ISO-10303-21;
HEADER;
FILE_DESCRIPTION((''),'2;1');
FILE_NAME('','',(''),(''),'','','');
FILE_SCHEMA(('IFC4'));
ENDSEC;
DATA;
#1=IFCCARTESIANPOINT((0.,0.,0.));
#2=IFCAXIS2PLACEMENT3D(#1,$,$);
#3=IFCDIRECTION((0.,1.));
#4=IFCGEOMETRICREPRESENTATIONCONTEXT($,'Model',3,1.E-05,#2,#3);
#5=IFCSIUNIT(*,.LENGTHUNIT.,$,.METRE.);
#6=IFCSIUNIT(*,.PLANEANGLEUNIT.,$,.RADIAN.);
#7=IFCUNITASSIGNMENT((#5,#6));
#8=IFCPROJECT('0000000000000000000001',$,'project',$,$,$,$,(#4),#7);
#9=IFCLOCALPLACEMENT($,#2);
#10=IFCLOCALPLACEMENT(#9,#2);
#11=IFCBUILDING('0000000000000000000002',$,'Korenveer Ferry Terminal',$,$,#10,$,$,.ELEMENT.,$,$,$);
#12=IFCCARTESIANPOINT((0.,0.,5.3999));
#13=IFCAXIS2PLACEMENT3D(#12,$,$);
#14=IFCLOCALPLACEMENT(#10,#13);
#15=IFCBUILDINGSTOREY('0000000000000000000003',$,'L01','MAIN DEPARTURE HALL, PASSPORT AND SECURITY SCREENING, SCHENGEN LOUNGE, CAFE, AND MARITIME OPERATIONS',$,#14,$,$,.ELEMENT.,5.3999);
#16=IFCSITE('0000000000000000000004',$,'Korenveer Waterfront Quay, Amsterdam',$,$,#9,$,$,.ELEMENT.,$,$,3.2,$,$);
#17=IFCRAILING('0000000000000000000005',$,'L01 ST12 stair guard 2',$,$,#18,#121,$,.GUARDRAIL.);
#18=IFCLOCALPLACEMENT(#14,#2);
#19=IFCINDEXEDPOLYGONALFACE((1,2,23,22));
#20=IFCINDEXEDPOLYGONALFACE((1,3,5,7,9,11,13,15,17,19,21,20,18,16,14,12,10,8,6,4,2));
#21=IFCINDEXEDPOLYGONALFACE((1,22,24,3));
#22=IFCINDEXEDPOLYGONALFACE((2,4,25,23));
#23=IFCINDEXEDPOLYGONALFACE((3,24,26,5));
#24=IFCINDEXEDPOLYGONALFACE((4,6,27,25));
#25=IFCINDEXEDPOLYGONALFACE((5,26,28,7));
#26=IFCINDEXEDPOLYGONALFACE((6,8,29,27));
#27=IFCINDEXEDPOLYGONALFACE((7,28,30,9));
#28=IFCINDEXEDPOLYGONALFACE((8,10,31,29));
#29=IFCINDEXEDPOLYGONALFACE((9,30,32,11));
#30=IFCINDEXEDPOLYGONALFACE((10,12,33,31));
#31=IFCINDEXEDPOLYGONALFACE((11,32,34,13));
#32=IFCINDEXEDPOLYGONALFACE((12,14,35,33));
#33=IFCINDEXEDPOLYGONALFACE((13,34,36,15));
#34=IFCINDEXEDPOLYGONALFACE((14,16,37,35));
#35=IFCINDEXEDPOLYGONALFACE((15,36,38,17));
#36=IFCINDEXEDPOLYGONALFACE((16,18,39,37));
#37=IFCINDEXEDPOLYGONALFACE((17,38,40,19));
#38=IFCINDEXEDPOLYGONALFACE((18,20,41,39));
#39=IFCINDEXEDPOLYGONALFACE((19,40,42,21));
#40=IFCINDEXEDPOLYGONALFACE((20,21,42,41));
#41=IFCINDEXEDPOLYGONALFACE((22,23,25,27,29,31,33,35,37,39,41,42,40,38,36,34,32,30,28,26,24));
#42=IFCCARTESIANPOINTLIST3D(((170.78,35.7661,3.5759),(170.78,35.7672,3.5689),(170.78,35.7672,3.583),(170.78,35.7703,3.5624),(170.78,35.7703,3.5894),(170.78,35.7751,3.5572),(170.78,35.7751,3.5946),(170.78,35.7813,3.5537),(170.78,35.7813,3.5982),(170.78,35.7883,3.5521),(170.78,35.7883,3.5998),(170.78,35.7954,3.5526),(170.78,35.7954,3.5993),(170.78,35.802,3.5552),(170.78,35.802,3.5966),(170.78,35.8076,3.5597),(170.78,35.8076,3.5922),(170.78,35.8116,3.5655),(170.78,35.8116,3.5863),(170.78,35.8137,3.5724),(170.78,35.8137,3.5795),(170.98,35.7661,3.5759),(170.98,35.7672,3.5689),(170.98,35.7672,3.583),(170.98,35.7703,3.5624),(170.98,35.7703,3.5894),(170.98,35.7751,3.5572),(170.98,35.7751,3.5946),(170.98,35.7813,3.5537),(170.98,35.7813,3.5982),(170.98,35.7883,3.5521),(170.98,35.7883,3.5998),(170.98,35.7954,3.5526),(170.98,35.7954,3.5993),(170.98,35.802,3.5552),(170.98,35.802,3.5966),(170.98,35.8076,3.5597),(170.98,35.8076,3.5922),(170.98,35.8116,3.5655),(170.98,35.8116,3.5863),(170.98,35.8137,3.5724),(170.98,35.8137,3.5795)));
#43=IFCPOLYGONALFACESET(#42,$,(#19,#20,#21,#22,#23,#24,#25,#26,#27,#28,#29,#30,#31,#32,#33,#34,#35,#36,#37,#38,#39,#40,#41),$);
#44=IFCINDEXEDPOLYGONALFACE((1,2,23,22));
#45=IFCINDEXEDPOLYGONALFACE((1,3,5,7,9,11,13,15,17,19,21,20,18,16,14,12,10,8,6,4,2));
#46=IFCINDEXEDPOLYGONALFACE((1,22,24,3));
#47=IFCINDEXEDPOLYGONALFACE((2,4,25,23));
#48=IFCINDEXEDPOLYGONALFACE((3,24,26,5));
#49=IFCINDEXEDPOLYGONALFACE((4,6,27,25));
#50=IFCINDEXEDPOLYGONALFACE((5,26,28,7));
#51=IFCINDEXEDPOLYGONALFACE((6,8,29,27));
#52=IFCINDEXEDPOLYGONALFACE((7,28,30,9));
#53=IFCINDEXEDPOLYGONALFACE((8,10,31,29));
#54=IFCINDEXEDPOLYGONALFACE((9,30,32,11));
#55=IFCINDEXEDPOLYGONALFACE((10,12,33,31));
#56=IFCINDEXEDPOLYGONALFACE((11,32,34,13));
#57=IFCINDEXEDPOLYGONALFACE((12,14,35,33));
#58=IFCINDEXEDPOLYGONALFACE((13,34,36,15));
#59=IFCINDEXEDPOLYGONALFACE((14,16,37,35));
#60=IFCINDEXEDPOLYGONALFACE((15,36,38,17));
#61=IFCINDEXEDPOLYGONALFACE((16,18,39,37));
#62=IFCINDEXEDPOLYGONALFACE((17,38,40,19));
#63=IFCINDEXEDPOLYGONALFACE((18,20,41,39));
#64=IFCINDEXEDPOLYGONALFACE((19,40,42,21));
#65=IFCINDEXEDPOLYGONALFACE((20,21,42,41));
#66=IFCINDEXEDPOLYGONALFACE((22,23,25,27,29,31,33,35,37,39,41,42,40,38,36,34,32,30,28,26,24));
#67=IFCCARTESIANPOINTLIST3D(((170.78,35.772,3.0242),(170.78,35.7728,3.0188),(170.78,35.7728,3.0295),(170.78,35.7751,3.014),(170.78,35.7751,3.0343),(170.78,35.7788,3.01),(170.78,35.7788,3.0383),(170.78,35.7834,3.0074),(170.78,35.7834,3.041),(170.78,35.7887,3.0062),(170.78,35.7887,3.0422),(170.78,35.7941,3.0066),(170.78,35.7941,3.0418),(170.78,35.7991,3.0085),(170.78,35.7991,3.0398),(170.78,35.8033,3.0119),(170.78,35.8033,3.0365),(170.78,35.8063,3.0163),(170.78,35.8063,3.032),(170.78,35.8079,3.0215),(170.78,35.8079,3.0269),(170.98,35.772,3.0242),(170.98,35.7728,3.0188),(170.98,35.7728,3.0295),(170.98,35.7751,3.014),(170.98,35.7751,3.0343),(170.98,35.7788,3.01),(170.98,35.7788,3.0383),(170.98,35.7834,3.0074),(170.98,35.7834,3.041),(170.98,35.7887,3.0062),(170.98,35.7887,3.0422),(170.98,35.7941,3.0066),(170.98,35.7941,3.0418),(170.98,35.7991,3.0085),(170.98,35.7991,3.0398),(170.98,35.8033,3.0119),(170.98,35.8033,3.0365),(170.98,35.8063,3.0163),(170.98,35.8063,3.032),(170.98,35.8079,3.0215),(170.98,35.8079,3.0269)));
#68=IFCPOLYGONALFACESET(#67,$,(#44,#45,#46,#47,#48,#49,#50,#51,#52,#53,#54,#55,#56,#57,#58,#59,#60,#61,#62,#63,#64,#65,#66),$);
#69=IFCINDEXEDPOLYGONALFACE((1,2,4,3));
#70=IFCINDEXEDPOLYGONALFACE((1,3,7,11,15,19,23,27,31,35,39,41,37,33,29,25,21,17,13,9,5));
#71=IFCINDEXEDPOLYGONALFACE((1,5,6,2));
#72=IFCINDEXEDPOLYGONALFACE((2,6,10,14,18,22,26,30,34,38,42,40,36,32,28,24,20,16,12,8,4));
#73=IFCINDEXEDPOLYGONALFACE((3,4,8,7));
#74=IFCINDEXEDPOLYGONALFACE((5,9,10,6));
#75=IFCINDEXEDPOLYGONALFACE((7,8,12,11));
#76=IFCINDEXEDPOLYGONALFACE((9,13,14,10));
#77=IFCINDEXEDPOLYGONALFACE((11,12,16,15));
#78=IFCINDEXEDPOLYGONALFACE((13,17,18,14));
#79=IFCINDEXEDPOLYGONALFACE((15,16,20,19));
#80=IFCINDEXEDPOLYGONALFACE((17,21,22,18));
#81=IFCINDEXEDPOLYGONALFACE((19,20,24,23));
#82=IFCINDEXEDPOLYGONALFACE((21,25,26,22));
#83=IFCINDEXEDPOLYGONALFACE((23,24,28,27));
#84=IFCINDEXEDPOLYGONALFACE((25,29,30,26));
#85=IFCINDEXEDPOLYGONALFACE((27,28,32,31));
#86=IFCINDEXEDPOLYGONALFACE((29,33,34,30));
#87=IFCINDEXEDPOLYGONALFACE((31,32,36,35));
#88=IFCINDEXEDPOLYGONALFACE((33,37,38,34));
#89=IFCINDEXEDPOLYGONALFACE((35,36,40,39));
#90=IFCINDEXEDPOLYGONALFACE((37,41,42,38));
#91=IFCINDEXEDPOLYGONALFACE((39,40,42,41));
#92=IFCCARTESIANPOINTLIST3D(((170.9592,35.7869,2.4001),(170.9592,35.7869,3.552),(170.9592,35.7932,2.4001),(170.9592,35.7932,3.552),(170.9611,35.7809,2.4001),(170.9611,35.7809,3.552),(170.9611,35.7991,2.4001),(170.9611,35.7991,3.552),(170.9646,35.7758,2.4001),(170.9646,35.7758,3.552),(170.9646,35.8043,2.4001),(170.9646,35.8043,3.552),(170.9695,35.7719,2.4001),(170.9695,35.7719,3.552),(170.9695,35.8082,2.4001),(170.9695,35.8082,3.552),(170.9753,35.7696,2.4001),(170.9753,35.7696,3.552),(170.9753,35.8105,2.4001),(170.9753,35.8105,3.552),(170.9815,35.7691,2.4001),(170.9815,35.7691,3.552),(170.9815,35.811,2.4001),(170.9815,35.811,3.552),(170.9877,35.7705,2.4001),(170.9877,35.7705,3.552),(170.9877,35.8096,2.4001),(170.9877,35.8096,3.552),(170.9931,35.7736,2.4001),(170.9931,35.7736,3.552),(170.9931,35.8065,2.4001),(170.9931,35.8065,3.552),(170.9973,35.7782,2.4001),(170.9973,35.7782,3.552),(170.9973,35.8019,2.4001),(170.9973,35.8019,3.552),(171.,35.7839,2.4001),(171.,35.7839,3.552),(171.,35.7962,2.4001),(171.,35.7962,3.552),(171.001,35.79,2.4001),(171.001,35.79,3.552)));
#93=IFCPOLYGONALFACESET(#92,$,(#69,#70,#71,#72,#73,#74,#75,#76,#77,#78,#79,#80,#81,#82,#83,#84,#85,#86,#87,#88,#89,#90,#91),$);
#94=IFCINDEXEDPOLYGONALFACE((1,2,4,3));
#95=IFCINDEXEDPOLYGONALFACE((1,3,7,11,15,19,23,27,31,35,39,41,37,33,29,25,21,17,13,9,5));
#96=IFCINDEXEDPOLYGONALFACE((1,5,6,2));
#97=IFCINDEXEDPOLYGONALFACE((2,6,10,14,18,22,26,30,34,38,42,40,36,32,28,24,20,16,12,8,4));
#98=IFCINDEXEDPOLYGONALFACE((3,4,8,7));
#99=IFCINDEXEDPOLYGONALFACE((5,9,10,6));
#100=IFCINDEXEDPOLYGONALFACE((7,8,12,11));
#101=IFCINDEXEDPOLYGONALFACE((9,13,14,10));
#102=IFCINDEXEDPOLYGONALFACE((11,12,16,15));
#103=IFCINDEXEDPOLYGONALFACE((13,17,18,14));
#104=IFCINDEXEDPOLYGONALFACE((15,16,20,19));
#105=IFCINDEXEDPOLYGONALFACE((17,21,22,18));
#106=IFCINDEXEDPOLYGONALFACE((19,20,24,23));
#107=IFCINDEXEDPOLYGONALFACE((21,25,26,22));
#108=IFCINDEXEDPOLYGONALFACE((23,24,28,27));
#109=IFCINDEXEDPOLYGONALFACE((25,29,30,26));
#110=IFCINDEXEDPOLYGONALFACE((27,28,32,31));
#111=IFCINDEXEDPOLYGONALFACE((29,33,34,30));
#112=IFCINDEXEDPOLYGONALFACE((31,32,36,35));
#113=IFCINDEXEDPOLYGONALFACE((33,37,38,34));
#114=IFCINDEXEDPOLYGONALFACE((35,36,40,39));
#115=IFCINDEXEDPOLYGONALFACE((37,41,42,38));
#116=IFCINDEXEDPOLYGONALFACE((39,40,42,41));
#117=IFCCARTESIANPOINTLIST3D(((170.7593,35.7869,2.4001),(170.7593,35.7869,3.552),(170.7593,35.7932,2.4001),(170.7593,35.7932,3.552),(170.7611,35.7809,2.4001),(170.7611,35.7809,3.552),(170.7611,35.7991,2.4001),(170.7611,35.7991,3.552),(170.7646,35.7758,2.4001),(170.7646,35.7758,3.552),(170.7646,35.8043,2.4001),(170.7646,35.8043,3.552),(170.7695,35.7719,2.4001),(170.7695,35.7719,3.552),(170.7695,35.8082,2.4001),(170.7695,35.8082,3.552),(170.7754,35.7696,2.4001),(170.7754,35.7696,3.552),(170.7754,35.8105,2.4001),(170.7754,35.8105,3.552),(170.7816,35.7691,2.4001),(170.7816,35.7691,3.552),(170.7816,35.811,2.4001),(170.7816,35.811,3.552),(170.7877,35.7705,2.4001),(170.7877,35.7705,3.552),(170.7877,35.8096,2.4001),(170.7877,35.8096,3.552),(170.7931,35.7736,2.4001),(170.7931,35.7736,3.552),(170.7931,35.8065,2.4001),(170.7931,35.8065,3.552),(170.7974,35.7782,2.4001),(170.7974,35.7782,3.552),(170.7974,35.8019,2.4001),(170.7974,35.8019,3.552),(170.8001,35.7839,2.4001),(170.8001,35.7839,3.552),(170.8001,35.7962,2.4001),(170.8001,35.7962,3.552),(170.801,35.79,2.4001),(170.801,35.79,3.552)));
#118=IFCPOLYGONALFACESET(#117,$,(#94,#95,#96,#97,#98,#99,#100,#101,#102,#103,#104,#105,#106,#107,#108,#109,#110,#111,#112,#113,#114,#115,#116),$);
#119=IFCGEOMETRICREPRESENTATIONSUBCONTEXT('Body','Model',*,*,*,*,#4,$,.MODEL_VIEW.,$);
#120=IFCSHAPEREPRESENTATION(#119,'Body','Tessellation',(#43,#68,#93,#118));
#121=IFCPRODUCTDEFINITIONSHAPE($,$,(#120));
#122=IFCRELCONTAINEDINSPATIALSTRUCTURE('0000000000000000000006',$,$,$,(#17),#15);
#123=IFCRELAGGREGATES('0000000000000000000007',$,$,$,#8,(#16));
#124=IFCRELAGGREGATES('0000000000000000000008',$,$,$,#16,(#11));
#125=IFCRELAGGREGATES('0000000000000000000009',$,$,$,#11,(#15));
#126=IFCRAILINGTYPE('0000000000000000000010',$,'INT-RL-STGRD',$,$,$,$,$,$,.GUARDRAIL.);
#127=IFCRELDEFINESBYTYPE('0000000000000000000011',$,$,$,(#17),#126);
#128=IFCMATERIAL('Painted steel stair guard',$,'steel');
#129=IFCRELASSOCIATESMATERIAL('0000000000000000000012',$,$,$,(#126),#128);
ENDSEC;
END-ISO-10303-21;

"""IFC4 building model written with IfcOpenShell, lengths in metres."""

from ifc_helpers import new_model, si_unit, direction, frame, origin, origin_2d, place, context, subcontext, project, spatial, circle, extrude, material, type_object, element, save


model = new_model("IFC4")

# Units and contexts
model_context = context("Model", 3, precision=1e-05, world=origin(), true_north=direction((0.0, 1.0)))
body_context = subcontext(model_context, "Body", "Model", "MODEL_VIEW")
ifc_project = project(units=[si_unit("LENGTHUNIT", "METRE"), si_unit("PLANEANGLEUNIT", "RADIAN")], contexts=[model_context])

# Site, building, storey
site_placement = place(None, origin())
site = spatial("IfcSite", under=ifc_project, at=site_placement, Name="Korenveer Waterfront Quay, Amsterdam", CompositionType="ELEMENT", RefElevation=3.2)
building_placement = place(site_placement, origin())
building = spatial("IfcBuilding", under=site, at=building_placement, Name="Korenveer Ferry Terminal", CompositionType="ELEMENT")
storey_placement = place(building_placement, frame((0.0, 0.0, 5.3999)))
storey = spatial("IfcBuildingStorey", under=building, at=storey_placement, Name="L01", Description="MAIN DEPARTURE HALL, PASSPORT AND SECURITY SCREENING, SCHENGEN LOUNGE, CAFE, AND MARITIME OPERATIONS", CompositionType="ELEMENT", Elevation=5.3999)

# Railing
ifc_material_1 = material(Name="Painted steel stair guard", Category="steel")
railing_type_1 = type_object("IfcRailingType", Name="INT-RL-STGRD", PredefinedType="GUARDRAIL", material=ifc_material_1)
railing_1_placement = place(storey_placement, frame((170.98, 35.79, 2.4001)))
element("IfcRailing", 1, at=railing_1_placement, inside=storey, type_object=railing_type_1, Name="L01 ST12 stair guard 2", PredefinedType="GUARDRAIL", context=body_context, shape_type="SweptSolid", body=[
    extrude(circle(Radius=0.0239, at=origin_2d()), frame((0.0, 0.0, 1.1758), z_axis=(-1.0, 0.0, 0.0), x_axis=(0.0, -1.0, 0.0)), (0.0, 0.0, 1.0), 0.2),
    extrude(circle(Radius=0.0181, at=origin_2d()), frame((0.0, 0.0, 0.624), z_axis=(-1.0, 0.0, 0.0), x_axis=(0.0, -1.0, 0.0)), (0.0, 0.0, 1.0), 0.2),
    extrude(circle(Radius=0.021, at=origin_2d()), origin(), (0.0, 0.0, 1.0), 1.1519),
    extrude(circle(Radius=0.021, at=origin_2d()), frame((-0.2, 0.0, 0.0)), (0.0, 0.0, 1.0), 1.1519),
])

save(model, "model.ifc")
